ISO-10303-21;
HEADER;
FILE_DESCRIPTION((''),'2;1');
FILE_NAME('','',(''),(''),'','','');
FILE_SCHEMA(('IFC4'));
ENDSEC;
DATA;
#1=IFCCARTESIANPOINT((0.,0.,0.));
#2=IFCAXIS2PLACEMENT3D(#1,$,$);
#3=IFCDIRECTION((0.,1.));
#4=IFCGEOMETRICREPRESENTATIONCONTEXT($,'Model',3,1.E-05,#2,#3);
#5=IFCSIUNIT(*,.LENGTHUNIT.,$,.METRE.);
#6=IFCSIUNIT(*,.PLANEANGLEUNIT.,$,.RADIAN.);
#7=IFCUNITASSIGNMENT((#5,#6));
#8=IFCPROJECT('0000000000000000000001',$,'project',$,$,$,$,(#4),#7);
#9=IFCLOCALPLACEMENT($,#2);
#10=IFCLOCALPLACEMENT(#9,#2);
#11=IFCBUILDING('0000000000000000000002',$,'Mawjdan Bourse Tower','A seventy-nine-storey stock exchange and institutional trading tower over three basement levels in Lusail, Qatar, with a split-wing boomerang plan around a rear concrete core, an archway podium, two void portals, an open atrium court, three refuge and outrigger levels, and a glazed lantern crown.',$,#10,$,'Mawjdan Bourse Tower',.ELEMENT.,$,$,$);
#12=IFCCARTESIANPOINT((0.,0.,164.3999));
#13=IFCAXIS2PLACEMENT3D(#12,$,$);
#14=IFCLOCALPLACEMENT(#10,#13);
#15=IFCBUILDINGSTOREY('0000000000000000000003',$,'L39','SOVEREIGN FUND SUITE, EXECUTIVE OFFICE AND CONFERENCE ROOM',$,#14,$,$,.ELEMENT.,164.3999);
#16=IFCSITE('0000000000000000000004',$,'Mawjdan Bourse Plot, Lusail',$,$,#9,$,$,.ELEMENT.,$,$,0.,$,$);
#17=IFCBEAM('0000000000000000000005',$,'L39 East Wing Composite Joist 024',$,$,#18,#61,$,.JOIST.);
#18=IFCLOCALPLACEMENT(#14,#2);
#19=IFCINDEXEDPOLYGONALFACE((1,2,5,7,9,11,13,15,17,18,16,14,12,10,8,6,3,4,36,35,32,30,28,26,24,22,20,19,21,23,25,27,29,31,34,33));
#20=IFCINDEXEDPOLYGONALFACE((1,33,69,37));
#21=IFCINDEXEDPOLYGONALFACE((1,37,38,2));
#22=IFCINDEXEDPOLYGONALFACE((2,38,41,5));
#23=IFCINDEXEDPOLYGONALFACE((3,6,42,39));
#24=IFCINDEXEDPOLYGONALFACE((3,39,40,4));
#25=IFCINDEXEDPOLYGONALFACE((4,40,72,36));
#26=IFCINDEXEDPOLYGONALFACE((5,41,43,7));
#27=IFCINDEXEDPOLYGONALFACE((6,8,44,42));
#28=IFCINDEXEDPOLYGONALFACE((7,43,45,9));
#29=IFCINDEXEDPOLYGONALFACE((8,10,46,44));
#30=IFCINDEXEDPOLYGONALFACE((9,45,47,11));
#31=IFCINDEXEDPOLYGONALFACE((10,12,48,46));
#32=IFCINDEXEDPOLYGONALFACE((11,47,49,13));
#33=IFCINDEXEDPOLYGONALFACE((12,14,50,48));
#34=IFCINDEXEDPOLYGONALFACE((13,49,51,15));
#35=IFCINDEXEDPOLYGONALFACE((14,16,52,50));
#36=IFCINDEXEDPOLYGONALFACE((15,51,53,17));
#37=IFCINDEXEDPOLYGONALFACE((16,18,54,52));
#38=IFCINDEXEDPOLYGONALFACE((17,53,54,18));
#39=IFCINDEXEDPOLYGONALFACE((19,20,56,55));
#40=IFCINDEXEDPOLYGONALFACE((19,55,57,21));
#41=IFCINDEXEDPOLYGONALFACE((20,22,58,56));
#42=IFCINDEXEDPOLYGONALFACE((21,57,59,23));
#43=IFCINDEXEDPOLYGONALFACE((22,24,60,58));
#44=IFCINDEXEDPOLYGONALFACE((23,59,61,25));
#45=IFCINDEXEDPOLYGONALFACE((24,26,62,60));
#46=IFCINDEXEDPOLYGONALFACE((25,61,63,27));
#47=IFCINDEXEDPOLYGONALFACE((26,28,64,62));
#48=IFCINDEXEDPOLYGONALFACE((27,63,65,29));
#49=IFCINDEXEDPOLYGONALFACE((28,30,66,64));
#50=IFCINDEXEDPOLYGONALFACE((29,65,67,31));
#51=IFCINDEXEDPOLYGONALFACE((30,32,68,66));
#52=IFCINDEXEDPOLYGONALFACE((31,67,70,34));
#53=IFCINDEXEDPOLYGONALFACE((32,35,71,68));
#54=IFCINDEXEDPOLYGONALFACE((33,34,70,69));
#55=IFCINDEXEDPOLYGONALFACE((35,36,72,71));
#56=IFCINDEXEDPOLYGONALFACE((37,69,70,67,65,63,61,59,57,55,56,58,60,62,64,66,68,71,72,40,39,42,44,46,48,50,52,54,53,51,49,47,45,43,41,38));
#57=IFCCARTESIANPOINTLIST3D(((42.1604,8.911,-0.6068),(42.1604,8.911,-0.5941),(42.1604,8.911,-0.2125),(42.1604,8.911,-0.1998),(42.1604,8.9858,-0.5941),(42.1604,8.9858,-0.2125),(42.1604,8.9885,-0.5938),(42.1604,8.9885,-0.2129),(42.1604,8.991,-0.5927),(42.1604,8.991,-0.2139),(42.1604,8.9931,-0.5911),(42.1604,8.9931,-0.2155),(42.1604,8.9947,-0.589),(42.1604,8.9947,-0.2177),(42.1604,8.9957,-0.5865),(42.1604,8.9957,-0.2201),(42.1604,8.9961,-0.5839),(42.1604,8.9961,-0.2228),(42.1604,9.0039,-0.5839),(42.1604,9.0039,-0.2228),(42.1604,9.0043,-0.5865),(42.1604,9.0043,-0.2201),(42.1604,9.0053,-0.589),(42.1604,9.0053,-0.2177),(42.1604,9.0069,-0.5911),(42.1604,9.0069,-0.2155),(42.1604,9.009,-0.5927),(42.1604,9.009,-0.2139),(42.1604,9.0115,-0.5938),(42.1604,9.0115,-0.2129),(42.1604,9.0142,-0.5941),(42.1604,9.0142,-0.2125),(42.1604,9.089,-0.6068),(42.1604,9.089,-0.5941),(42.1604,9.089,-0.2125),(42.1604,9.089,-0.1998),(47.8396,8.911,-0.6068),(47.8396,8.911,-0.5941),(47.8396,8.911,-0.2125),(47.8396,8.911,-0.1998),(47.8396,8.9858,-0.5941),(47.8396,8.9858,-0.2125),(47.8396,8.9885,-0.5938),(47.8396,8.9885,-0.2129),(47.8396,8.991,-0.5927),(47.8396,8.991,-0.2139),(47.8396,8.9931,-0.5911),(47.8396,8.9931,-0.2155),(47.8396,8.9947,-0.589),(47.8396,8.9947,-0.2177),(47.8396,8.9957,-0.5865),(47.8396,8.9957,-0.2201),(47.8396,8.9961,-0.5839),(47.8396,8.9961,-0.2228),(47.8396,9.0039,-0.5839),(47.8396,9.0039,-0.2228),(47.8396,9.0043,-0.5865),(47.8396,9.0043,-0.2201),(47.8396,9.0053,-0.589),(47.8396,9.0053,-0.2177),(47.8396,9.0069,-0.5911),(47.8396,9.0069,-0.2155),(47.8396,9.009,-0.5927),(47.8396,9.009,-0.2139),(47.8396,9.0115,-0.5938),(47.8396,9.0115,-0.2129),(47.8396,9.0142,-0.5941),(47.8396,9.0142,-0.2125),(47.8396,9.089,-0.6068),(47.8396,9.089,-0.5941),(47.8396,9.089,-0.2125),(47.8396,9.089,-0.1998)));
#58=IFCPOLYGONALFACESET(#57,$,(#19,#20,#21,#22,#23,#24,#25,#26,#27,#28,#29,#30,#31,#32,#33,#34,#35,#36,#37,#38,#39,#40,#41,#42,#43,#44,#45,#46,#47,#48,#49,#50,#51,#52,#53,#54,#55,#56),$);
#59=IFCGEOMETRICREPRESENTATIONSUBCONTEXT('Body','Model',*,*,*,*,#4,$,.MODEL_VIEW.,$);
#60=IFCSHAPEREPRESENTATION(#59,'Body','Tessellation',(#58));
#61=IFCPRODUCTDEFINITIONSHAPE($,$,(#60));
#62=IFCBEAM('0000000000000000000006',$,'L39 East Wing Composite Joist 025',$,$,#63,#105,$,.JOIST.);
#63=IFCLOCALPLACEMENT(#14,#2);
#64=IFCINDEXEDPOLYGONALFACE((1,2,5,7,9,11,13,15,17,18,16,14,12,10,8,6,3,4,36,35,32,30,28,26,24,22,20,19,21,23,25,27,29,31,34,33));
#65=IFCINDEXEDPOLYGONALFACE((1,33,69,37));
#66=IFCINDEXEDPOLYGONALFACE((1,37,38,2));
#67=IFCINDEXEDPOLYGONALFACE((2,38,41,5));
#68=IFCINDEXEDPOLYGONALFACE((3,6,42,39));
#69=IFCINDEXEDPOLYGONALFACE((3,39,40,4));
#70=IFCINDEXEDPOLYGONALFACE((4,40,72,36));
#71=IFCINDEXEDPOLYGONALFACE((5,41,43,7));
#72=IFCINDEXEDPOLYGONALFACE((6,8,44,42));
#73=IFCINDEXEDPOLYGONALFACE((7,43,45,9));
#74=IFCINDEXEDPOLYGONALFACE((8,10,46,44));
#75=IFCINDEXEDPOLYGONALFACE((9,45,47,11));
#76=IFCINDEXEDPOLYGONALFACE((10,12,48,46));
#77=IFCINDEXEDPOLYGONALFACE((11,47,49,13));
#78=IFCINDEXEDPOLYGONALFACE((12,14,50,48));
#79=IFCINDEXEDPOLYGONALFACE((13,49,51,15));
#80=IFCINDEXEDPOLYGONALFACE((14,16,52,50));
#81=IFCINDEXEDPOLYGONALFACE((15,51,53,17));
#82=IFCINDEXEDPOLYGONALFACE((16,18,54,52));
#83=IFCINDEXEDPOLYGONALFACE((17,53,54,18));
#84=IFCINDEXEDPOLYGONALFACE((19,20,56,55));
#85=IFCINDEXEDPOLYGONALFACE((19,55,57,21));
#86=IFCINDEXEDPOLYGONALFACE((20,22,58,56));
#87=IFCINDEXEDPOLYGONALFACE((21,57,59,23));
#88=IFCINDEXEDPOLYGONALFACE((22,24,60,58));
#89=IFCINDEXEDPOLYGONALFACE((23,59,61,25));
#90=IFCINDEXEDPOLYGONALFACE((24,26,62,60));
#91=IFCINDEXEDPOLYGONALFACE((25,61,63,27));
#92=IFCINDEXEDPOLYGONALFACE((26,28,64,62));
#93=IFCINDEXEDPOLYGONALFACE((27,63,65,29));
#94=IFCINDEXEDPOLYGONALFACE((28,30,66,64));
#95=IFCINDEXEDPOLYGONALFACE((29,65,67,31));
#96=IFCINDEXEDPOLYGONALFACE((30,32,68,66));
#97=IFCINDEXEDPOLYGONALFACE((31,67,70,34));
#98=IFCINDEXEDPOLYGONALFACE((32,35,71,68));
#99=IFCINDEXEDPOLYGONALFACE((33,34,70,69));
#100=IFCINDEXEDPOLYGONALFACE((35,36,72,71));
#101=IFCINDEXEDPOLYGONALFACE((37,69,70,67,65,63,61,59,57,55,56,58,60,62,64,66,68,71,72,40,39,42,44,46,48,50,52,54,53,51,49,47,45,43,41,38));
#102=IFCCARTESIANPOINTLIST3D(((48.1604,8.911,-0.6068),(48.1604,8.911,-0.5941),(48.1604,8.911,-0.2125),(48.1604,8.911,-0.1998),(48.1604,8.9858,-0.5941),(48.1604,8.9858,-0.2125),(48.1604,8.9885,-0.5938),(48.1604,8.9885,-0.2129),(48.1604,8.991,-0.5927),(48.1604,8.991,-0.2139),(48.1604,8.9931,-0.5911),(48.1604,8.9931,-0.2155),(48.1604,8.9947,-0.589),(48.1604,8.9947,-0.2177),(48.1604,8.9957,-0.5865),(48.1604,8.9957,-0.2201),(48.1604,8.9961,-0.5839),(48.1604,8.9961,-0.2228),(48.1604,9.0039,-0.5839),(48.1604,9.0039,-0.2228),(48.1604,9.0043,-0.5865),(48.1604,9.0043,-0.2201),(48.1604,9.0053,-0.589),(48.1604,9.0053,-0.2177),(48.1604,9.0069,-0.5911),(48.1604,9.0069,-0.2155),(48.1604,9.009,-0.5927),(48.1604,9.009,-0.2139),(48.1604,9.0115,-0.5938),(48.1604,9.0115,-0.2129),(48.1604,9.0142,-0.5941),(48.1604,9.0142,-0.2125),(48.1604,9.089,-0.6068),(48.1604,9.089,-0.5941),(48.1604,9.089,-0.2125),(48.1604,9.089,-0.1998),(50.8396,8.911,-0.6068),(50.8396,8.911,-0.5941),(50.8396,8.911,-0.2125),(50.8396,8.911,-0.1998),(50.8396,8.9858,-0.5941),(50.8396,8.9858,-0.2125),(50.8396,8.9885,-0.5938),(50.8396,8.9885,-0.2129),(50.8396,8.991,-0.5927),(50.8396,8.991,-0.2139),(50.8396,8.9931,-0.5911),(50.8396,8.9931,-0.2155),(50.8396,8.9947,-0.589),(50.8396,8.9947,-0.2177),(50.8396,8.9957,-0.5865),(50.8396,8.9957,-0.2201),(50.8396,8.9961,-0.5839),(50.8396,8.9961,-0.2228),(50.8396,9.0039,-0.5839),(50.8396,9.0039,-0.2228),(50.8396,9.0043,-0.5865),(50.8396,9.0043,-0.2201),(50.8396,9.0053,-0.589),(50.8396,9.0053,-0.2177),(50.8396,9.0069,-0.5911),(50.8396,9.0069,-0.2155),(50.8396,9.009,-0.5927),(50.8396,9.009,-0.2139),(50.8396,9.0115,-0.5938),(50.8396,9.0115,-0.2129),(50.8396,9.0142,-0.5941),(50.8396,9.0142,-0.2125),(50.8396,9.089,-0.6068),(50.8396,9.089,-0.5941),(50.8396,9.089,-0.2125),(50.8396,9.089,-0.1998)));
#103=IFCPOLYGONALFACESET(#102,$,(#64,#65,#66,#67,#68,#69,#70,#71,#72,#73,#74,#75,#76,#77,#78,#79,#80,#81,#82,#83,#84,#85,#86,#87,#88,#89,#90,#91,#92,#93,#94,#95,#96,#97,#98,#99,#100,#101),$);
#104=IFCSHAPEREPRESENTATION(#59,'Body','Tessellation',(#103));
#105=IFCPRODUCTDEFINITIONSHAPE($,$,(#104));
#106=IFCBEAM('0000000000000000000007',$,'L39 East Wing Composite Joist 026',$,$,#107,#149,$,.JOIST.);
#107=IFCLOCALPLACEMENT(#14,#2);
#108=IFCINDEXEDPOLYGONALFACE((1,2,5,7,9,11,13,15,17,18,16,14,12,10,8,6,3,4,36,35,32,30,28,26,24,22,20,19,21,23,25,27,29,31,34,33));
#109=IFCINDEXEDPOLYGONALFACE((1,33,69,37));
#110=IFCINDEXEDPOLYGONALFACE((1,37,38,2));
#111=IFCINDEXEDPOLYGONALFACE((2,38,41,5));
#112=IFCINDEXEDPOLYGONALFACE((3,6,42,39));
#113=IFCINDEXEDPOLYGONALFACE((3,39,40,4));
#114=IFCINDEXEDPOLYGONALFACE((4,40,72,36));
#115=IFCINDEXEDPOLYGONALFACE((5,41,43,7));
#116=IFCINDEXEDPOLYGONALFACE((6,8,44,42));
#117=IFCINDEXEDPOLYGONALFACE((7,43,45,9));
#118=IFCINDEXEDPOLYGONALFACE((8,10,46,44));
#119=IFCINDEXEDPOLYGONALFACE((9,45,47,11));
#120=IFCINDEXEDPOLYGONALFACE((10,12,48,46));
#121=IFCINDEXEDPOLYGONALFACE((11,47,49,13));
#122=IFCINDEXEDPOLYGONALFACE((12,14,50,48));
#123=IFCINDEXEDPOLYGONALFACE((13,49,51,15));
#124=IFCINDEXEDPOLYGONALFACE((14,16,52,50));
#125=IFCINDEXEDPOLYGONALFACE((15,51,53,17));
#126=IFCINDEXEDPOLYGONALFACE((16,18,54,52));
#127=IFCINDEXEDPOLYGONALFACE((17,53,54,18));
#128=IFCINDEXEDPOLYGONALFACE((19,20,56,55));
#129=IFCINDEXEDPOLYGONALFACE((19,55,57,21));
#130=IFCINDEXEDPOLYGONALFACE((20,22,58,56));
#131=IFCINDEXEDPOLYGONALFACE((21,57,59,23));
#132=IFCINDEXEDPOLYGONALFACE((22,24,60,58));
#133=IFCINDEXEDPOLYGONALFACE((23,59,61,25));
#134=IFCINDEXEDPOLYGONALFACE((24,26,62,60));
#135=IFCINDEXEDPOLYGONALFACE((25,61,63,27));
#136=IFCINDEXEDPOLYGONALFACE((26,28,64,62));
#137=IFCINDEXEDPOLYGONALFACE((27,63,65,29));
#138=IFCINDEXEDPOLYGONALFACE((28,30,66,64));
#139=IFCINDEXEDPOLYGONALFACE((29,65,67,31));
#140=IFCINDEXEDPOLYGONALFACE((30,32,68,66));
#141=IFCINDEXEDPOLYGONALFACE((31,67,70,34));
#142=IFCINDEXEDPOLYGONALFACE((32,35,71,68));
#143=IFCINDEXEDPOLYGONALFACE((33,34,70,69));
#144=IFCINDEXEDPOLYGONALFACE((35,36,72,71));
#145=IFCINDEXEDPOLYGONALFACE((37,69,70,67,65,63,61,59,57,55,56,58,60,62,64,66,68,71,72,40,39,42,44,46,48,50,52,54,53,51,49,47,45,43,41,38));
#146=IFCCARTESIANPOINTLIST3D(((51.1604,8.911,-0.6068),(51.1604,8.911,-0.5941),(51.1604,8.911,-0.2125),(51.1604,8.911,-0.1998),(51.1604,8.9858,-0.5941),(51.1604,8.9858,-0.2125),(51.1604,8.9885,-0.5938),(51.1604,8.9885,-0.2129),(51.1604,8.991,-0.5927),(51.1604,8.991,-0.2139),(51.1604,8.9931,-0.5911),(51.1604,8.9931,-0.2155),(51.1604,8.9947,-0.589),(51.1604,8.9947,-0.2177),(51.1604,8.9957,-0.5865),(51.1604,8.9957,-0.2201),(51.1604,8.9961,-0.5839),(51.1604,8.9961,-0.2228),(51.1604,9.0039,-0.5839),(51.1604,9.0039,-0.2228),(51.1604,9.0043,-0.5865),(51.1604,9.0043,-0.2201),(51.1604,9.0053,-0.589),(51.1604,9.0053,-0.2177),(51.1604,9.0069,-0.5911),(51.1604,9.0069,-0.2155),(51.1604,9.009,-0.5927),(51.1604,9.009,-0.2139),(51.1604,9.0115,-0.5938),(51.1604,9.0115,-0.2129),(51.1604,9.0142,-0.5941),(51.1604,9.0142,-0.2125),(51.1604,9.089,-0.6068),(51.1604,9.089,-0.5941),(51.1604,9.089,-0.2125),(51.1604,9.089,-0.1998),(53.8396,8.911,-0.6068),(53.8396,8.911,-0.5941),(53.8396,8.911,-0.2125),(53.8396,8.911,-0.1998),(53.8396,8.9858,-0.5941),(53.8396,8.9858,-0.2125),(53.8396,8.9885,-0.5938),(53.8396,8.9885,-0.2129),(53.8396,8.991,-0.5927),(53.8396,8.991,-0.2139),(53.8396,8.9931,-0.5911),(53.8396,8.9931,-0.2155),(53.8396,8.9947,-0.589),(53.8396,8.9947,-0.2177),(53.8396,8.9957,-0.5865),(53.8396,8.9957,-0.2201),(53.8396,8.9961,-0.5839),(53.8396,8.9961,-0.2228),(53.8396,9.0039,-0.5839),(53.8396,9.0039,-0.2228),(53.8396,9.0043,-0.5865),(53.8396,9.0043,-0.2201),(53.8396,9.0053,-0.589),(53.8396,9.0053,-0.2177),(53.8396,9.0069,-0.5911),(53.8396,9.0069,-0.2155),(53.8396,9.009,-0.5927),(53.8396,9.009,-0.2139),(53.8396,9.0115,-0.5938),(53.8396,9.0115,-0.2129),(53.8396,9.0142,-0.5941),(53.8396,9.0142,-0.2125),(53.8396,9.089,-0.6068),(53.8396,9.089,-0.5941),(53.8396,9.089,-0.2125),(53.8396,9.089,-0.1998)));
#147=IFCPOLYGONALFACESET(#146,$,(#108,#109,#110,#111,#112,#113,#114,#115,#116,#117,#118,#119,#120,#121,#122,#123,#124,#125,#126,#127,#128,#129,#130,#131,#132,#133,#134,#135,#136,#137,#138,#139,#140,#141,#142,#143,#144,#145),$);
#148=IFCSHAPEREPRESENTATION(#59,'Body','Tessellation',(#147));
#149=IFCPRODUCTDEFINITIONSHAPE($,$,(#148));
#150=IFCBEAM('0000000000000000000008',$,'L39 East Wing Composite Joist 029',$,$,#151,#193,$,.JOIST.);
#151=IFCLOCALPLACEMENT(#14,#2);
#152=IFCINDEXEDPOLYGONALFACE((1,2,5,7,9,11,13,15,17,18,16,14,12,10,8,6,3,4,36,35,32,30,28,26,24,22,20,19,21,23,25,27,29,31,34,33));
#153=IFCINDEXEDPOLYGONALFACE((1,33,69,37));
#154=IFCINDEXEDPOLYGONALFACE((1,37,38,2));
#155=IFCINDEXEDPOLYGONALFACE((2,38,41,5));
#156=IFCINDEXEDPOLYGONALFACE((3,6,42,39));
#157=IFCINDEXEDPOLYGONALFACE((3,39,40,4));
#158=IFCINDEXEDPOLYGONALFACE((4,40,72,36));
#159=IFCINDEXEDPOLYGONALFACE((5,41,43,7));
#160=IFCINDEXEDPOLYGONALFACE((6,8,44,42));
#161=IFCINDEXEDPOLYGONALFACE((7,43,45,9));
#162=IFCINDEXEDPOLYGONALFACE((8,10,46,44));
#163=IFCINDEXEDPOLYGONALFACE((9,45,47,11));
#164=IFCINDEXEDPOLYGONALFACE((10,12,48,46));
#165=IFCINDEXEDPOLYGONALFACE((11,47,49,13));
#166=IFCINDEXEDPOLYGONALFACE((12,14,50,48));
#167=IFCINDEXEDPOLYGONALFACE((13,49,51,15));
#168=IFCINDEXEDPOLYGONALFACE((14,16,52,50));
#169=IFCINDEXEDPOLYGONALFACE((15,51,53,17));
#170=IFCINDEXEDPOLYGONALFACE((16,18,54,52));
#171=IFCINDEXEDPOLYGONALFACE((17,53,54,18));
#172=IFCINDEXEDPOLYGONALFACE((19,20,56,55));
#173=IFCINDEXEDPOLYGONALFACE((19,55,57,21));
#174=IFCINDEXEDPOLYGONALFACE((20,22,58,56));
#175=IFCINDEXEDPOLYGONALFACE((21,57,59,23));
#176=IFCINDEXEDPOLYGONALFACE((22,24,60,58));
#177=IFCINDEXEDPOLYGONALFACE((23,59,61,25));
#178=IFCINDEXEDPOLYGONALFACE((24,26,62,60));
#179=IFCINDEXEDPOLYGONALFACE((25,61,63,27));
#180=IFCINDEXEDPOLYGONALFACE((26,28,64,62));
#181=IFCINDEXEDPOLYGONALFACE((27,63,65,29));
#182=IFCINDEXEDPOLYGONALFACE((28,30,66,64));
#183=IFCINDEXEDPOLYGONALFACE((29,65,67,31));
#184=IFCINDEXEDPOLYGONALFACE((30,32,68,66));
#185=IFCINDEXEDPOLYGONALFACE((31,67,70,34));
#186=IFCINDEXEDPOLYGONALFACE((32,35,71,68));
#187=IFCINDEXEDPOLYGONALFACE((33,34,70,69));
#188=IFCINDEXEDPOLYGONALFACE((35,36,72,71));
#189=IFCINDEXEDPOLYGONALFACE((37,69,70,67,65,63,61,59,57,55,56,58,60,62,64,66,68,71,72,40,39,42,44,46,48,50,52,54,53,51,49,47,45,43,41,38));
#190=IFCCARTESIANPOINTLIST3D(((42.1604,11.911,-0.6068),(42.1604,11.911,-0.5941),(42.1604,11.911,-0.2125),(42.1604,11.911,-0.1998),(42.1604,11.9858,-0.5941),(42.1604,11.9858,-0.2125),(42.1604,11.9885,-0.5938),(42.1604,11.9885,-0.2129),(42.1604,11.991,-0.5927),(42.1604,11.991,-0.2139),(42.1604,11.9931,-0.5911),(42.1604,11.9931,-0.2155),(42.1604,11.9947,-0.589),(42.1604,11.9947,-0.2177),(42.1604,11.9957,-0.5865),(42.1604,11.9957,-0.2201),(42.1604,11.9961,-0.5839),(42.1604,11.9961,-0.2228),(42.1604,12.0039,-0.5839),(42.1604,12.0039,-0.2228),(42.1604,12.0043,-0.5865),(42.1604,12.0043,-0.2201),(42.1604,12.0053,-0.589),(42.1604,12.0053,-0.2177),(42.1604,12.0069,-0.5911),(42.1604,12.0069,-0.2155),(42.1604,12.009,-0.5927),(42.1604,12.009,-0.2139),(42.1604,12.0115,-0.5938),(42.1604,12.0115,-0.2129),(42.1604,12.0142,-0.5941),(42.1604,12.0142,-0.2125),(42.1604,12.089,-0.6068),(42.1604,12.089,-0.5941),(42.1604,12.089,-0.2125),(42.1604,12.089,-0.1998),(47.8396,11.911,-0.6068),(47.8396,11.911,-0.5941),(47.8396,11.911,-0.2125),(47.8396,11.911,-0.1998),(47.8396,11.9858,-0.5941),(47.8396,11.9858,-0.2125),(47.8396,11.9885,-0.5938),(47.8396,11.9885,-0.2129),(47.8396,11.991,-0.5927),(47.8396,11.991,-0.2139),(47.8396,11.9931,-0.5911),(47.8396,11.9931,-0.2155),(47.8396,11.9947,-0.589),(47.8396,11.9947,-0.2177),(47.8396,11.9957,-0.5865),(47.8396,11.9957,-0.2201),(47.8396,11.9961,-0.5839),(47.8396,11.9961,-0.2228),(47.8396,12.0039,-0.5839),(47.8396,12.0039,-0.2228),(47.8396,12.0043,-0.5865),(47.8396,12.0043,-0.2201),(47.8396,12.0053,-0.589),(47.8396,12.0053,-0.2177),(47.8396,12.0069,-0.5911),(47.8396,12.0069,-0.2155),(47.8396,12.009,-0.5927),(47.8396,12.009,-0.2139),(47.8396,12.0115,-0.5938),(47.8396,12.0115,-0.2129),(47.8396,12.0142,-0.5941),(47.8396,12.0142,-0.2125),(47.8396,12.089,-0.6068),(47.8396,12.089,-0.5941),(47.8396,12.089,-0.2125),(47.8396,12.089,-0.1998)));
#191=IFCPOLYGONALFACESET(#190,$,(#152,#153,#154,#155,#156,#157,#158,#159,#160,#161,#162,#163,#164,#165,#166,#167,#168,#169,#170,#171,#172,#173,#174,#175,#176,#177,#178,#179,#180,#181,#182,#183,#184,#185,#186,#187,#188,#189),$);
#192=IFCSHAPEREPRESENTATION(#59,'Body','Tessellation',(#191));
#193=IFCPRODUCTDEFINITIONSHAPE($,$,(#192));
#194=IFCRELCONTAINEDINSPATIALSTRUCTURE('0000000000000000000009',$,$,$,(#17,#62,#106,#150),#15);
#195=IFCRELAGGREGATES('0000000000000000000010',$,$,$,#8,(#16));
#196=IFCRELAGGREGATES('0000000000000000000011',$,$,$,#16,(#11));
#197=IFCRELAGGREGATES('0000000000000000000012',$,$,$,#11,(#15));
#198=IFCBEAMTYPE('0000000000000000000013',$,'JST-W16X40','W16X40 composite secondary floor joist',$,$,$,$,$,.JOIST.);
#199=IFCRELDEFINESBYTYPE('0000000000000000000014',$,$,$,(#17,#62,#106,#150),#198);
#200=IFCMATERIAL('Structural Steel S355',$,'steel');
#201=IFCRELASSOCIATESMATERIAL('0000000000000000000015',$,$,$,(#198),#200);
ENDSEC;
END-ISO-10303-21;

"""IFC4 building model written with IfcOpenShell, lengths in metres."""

from ifc_helpers import new_model, si_unit, direction, frame, origin, origin_2d, place, context, subcontext, project, spatial, i_section, extrude, material, material_profile, profile_set, type_object, element, save


model = new_model("IFC4")

# Units and contexts
model_context = context("Model", 3, precision=1e-05, world=origin(), true_north=direction((0.0, 1.0)))
body_context = subcontext(model_context, "Body", "Model", "MODEL_VIEW")
ifc_project = project(units=[si_unit("LENGTHUNIT", "METRE"), si_unit("PLANEANGLEUNIT", "RADIAN")], contexts=[model_context])

# Site, building, storey
site_placement = place(None, origin())
site = spatial("IfcSite", under=ifc_project, at=site_placement, Name="Mawjdan Bourse Plot, Lusail", CompositionType="ELEMENT", RefElevation=0.0)
building_placement = place(site_placement, origin())
building = spatial("IfcBuilding", under=site, at=building_placement, Name="Mawjdan Bourse Tower", Description="A seventy-nine-storey stock exchange and institutional trading tower over three basement levels in Lusail, Qatar, with a split-wing boomerang plan around a rear concrete core, an archway podium, two void portals, an open atrium court, three refuge and outrigger levels, and a glazed lantern crown.", LongName="Mawjdan Bourse Tower", CompositionType="ELEMENT")
storey_placement = place(building_placement, frame((0.0, 0.0, 164.3999)))
storey = spatial("IfcBuildingStorey", under=building, at=storey_placement, Name="L39", Description="SOVEREIGN FUND SUITE, EXECUTIVE OFFICE AND CONFERENCE ROOM", CompositionType="ELEMENT", Elevation=164.3999)

# Beams
ifc_material_1 = material(Name="Structural Steel S355", Category="steel")
ifc_material_profile_1 = material_profile(ifc_material_1, i_section(OverallWidth=0.178, OverallDepth=0.407, WebThickness=0.0078, FlangeThickness=0.0127, FilletRadius=0.0103, at=origin_2d()), Name="W16X40")
ifc_profile_set_1 = profile_set([ifc_material_profile_1], Name="Structural Steel S355")
beam_type_1 = type_object("IfcBeamType", Name="JST-W16X40", Description="W16X40 composite secondary floor joist", PredefinedType="JOIST", material=ifc_profile_set_1)
beam_1_placement = place(storey_placement, frame((42.1604, 9.0, -0.4033), z_axis=(1.0, 0.0, 0.0), x_axis=(0.0, 1.0, 0.0)))
element("IfcBeam", 1, at=beam_1_placement, inside=storey, type_object=beam_type_1, Name="L39 East Wing Composite Joist 024", PredefinedType="JOIST", context=body_context, shape_type="SweptSolid", body=[
    extrude(i_section(OverallWidth=0.178, OverallDepth=0.407, WebThickness=0.0078, FlangeThickness=0.0127, FilletRadius=0.0103, at=origin_2d()), origin(), (0.0, 0.0, 1.0), 5.6792),
])
for number, where, z_axis, x_axis, name in (
    (2, (48.1604, 9.0, -0.4033), (1.0, 0.0, 0.0), (0.0, 1.0, 0.0), "L39 East Wing Composite Joist 025"),
    (3, (51.1604, 9.0, -0.4033), (1.0, 0.0, 0.0), (0.0, 1.0, 0.0), "L39 East Wing Composite Joist 026"),
):
    element("IfcBeam", number, at=place(storey_placement, frame(where, z_axis=z_axis, x_axis=x_axis)), inside=storey, type_object=beam_type_1, Name=name, PredefinedType="JOIST", context=body_context, shape_type="SweptSolid", body=[
        extrude(i_section(OverallWidth=0.178, OverallDepth=0.407, WebThickness=0.0078, FlangeThickness=0.0127, FilletRadius=0.0103, at=origin_2d()), origin(), (0.0, 0.0, 1.0), 2.6792),
    ])
beam_2_placement = place(storey_placement, frame((42.1604, 12.0, -0.4033), z_axis=(1.0, 0.0, 0.0), x_axis=(0.0, 1.0, 0.0)))
element("IfcBeam", 4, at=beam_2_placement, inside=storey, type_object=beam_type_1, Name="L39 East Wing Composite Joist 029", PredefinedType="JOIST", context=body_context, shape_type="SweptSolid", body=[
    extrude(i_section(OverallWidth=0.178, OverallDepth=0.407, WebThickness=0.0078, FlangeThickness=0.0127, FilletRadius=0.0103, at=origin_2d()), origin(), (0.0, 0.0, 1.0), 5.6792),
])

save(model, "model.ifc")
